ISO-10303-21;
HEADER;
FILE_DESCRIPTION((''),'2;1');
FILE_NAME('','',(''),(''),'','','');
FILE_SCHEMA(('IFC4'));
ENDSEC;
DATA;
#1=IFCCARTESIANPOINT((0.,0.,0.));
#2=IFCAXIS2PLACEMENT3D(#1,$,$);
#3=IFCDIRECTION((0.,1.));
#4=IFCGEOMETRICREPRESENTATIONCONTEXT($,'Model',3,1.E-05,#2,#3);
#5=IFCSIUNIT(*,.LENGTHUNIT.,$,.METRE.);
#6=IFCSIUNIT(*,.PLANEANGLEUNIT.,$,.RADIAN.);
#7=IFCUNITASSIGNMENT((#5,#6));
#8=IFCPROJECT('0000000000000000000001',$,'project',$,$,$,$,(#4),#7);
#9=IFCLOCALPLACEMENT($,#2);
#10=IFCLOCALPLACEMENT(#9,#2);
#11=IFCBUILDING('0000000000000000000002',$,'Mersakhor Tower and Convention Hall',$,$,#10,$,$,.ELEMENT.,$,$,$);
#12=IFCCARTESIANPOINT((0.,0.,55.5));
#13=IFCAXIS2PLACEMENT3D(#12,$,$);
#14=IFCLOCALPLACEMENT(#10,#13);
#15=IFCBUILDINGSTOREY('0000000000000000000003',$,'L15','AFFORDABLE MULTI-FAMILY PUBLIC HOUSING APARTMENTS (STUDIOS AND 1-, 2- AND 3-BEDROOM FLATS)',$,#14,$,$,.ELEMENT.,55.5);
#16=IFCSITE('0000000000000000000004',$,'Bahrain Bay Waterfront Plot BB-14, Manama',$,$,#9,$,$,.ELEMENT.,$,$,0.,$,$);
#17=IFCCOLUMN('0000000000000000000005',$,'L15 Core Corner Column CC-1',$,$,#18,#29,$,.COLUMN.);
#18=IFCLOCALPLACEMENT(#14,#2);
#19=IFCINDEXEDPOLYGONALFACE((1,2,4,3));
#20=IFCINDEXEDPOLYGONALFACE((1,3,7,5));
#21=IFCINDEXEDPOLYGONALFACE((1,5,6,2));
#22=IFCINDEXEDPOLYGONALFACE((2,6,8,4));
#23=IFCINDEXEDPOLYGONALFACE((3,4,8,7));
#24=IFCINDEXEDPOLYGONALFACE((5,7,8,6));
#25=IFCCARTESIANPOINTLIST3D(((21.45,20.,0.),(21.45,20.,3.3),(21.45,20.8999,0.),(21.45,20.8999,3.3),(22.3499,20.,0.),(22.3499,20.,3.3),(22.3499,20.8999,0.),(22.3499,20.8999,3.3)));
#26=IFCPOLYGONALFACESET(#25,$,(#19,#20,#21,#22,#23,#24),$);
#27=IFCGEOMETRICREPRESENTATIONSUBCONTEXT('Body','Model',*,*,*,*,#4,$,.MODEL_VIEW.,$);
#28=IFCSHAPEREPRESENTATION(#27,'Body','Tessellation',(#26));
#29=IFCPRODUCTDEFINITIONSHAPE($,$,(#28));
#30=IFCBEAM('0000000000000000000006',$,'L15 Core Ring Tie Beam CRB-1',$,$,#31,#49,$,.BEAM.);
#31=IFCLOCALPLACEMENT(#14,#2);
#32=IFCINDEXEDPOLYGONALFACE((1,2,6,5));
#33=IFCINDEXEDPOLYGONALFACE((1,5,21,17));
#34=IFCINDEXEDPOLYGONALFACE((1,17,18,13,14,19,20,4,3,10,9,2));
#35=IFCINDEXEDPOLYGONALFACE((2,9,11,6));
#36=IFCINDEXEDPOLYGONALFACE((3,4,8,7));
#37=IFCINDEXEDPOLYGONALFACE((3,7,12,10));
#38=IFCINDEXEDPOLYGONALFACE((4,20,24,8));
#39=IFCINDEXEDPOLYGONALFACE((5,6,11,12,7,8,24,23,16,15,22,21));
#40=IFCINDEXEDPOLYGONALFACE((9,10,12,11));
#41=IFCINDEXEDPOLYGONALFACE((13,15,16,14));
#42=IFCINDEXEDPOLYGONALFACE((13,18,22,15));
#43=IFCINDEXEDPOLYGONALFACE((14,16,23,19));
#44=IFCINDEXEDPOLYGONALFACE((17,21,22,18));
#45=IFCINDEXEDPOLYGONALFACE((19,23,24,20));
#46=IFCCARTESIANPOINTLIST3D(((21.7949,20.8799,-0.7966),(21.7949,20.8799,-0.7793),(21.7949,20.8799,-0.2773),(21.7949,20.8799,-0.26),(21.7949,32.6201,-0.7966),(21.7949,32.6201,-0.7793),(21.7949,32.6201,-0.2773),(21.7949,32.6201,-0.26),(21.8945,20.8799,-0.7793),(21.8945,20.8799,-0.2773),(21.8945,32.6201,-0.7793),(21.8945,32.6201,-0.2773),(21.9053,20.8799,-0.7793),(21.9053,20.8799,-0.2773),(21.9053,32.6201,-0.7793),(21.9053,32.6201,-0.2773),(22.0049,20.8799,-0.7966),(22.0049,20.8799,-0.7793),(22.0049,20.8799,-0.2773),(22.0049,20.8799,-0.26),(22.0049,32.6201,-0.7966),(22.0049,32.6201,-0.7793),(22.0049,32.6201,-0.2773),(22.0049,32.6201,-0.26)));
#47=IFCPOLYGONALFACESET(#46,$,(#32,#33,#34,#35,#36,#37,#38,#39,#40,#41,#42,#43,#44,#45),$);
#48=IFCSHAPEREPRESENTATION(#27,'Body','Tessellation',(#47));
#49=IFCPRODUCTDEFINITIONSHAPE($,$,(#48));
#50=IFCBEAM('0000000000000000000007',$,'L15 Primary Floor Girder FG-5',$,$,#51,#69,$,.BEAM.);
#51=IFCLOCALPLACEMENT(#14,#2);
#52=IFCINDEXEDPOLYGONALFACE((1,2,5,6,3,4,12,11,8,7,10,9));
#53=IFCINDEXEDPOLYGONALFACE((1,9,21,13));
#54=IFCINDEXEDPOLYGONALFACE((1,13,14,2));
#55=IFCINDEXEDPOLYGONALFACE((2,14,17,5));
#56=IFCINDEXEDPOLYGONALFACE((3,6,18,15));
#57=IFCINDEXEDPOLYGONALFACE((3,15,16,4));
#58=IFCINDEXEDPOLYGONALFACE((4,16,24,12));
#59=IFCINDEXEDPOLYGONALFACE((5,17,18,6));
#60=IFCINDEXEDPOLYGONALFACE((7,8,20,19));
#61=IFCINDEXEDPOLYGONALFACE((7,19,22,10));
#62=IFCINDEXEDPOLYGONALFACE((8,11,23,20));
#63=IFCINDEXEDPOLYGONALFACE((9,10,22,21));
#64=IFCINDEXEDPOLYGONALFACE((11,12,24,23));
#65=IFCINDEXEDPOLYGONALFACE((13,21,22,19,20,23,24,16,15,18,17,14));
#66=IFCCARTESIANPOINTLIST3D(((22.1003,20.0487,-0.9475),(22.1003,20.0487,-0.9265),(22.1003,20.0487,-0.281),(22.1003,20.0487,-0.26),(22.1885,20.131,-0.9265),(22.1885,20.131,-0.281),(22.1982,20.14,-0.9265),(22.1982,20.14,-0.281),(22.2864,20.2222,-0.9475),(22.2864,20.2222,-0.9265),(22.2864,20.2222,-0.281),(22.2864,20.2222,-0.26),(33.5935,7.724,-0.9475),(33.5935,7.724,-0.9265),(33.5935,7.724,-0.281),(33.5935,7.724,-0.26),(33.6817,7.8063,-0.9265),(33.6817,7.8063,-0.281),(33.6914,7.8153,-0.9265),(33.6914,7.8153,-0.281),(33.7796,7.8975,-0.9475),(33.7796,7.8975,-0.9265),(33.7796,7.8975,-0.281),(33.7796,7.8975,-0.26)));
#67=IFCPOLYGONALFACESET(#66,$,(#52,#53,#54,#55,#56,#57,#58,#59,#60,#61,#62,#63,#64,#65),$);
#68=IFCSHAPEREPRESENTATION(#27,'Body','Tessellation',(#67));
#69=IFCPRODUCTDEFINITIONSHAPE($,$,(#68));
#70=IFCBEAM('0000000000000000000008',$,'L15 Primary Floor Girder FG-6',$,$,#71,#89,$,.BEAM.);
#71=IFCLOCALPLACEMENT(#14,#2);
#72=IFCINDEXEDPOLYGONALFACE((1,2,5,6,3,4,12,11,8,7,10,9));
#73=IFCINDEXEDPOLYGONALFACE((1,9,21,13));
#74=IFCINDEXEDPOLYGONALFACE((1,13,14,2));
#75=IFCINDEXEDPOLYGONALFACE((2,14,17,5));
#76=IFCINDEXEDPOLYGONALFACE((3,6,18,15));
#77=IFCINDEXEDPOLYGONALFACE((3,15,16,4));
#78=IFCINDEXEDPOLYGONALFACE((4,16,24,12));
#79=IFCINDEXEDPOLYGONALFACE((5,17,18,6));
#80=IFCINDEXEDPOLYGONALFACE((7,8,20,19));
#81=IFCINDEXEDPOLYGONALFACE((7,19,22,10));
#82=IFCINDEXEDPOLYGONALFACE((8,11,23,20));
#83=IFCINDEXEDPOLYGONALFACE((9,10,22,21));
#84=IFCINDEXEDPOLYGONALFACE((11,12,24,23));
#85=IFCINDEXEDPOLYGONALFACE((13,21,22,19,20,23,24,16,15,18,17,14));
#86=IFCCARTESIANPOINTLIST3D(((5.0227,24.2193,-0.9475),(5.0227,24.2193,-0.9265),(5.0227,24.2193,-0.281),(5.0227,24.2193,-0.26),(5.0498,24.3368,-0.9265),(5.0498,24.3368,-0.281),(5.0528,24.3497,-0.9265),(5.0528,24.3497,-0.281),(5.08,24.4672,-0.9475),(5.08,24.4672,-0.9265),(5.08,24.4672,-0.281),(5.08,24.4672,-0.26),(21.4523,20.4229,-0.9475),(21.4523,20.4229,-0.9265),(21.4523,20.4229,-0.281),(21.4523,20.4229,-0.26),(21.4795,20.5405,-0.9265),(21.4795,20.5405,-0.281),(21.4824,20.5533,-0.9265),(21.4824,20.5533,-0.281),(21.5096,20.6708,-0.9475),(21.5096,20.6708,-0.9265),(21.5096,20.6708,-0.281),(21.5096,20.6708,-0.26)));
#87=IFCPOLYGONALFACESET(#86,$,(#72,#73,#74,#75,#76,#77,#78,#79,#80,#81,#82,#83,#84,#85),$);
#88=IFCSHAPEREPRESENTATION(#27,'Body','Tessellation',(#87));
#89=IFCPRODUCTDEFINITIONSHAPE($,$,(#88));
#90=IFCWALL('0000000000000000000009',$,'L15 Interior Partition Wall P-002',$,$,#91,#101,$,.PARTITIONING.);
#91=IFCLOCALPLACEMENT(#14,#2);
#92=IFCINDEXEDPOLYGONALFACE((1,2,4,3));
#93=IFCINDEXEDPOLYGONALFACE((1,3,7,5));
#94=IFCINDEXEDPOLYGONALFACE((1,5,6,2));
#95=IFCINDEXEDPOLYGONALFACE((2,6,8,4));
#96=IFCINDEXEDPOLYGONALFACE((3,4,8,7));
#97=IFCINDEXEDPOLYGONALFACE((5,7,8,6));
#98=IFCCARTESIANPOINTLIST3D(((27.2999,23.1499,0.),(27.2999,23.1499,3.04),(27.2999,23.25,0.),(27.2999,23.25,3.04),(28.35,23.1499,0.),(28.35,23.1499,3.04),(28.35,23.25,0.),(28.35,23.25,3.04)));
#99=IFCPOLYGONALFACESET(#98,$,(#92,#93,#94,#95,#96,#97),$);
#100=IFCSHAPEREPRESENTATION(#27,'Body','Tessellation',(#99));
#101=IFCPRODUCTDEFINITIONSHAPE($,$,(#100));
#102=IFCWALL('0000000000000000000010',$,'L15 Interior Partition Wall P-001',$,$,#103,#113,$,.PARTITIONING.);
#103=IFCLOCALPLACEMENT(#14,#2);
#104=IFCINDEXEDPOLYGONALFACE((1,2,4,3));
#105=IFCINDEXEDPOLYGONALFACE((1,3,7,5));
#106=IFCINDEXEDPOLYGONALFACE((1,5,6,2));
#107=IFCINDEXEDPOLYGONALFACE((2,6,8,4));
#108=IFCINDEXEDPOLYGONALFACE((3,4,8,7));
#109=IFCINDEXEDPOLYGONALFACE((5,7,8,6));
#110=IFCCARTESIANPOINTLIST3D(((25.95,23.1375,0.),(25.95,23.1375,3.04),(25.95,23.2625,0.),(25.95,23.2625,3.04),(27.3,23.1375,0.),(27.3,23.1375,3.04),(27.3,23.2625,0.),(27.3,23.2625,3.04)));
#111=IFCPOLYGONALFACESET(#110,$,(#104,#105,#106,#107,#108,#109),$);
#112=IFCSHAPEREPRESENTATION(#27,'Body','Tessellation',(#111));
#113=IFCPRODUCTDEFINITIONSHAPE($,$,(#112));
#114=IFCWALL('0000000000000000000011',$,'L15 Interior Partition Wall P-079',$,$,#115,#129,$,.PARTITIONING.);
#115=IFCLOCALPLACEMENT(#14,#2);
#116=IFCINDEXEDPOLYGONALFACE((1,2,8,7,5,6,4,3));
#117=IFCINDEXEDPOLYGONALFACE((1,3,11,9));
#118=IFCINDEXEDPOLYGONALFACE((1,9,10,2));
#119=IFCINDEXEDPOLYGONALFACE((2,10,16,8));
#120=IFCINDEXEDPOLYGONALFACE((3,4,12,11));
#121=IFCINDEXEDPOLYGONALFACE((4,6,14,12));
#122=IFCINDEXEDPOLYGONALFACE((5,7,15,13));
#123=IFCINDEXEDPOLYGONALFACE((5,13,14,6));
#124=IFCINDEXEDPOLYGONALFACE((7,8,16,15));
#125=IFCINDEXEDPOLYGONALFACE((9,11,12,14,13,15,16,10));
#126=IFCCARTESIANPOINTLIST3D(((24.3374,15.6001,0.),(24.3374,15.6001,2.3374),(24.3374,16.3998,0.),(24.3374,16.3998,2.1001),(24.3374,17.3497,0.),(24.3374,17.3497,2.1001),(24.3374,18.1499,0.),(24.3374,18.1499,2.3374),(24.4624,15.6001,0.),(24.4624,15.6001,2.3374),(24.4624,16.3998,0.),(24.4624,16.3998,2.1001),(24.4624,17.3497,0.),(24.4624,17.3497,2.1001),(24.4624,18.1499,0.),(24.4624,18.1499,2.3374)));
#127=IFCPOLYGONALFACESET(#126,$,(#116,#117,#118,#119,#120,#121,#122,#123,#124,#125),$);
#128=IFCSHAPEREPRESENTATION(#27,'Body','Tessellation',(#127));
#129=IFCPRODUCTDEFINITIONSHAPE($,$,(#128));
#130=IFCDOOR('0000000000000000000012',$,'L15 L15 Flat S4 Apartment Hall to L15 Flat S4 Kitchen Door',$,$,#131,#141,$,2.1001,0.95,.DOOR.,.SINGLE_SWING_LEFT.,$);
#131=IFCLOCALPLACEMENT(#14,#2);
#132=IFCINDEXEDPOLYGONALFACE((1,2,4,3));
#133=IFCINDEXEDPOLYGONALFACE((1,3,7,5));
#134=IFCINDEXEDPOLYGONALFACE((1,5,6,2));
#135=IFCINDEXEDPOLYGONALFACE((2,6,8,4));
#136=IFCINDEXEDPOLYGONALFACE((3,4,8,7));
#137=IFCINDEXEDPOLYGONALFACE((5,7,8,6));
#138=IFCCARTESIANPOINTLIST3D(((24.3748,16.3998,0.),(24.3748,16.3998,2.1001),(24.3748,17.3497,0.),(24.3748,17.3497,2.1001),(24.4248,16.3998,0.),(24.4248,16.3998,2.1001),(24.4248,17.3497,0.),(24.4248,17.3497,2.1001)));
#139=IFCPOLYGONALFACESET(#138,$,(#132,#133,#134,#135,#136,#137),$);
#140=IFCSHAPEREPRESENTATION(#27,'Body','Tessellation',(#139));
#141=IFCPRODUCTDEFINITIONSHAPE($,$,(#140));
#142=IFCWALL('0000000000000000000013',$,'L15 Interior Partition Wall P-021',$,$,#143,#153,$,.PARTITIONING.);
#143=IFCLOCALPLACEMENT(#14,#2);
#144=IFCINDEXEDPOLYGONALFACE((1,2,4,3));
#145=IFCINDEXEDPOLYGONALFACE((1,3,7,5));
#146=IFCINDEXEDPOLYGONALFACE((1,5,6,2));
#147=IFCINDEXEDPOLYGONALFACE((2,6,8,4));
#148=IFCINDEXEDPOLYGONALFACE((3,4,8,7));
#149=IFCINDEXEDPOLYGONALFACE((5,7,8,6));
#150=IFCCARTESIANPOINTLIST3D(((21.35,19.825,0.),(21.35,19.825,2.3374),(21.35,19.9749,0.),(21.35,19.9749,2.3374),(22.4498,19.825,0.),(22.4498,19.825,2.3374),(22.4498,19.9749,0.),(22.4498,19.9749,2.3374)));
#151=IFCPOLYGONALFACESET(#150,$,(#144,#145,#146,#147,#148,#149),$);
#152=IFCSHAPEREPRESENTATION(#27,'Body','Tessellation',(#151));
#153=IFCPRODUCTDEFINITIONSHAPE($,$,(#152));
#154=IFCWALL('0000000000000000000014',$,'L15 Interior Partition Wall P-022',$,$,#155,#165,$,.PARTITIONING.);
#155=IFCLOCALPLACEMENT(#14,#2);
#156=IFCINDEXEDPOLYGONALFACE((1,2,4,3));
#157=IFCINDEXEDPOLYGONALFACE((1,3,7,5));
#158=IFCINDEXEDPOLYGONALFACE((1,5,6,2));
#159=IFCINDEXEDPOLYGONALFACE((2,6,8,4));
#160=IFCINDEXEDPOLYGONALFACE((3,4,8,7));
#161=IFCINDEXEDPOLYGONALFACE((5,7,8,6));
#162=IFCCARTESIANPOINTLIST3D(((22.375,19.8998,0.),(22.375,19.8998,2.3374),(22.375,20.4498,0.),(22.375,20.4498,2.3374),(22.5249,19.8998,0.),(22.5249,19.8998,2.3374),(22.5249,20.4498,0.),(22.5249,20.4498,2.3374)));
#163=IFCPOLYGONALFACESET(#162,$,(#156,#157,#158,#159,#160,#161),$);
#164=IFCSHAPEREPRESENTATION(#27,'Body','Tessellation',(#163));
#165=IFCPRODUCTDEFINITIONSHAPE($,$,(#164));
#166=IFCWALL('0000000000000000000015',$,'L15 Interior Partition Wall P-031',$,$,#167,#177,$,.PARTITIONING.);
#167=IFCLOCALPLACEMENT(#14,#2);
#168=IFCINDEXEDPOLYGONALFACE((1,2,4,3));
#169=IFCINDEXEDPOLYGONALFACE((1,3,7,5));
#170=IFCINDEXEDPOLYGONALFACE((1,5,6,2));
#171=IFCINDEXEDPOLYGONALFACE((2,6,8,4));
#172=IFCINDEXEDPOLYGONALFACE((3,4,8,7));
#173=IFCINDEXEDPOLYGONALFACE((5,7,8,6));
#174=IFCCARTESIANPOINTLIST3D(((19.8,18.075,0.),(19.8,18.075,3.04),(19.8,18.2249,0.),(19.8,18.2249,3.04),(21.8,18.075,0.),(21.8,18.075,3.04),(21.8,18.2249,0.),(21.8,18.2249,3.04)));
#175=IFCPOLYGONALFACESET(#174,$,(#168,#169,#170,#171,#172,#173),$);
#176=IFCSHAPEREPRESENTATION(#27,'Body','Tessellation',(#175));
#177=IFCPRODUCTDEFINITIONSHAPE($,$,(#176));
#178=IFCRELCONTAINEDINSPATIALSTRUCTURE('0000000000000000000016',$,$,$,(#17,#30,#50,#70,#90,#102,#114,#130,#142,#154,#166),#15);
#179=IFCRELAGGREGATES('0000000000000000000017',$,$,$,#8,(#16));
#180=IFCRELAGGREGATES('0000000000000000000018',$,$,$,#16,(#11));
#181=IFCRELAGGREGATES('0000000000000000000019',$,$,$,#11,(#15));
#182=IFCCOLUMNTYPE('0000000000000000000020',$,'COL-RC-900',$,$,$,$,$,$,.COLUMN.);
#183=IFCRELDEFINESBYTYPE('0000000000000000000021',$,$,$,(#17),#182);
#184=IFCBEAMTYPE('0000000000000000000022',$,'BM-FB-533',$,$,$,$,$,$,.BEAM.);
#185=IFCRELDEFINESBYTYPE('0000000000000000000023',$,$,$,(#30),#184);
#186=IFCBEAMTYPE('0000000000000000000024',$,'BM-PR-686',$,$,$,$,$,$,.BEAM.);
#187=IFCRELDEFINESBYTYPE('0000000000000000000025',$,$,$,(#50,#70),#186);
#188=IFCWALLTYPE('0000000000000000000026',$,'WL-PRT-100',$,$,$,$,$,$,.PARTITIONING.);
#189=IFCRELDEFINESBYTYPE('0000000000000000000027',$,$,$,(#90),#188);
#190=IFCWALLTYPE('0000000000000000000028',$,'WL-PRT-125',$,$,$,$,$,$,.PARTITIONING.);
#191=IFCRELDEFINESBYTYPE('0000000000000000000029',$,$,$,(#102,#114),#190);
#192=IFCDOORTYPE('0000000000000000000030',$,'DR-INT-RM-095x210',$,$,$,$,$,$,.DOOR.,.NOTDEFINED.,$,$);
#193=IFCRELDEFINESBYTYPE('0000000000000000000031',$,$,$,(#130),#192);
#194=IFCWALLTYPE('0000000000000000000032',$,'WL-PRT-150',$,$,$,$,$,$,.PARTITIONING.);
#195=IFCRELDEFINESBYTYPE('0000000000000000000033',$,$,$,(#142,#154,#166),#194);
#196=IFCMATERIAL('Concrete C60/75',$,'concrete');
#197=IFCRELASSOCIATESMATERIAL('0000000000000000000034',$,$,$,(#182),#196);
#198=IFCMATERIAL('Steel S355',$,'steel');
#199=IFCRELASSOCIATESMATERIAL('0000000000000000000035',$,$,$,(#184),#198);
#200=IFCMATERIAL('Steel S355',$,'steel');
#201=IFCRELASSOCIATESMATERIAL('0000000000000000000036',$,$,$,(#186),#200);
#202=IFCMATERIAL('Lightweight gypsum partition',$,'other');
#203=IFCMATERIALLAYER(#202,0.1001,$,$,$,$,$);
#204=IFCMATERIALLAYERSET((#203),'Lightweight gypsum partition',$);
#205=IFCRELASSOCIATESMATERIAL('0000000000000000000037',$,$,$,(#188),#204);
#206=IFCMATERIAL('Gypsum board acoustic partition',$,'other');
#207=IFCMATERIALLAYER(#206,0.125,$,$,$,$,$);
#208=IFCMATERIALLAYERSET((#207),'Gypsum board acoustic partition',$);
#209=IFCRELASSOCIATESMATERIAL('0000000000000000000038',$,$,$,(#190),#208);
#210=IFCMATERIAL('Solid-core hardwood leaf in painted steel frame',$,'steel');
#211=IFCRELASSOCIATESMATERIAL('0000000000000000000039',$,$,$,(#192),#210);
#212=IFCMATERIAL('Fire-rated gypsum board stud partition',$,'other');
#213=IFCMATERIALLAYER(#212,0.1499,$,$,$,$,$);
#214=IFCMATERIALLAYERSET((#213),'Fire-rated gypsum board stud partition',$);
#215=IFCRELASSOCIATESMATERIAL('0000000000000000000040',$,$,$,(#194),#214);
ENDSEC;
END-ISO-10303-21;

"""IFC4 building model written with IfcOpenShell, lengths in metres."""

from ifc_helpers import new_model, si_unit, direction, frame, frame_2d, origin, origin_2d, place, context, subcontext, project, spatial, rectangle, i_section, extrude, material, layer, layer_set, material_profile, profile_set, type_object, element, fill, save


model = new_model("IFC4")

# Units and contexts
model_context = context("Model", 3, precision=1e-05, world=origin(), true_north=direction((0.0, 1.0)))
body_context = subcontext(model_context, "Body", "Model", "MODEL_VIEW")
ifc_project = project(units=[si_unit("LENGTHUNIT", "METRE"), si_unit("PLANEANGLEUNIT", "RADIAN")], contexts=[model_context])

# Site, building, storey
site_placement = place(None, origin())
site = spatial("IfcSite", under=ifc_project, at=site_placement, Name="Bahrain Bay Waterfront Plot BB-14, Manama", CompositionType="ELEMENT", RefElevation=0.0)
building_placement = place(site_placement, origin())
building = spatial("IfcBuilding", under=site, at=building_placement, Name="Mersakhor Tower and Convention Hall", CompositionType="ELEMENT")
storey_placement = place(building_placement, frame((0.0, 0.0, 55.5)))
storey = spatial("IfcBuildingStorey", under=building, at=storey_placement, Name="L15", Description="AFFORDABLE MULTI-FAMILY PUBLIC HOUSING APARTMENTS (STUDIOS AND 1-, 2- AND 3-BEDROOM FLATS)", CompositionType="ELEMENT", Elevation=55.5)

# Column
ifc_material_1 = material(Name="Concrete C60/75", Category="concrete")
ifc_material_profile_1 = material_profile(ifc_material_1, rectangle(XDim=0.8999, YDim=0.8999, at=origin_2d()), Name="RC 900x900")
ifc_profile_set_1 = profile_set([ifc_material_profile_1], Name="Concrete C60/75")
column_type = type_object("IfcColumnType", Name="COL-RC-900", PredefinedType="COLUMN", material=ifc_profile_set_1)
column_placement = place(storey_placement, frame((21.8999, 20.45, 0.0), z_axis=(0.0, 0.0, 1.0), x_axis=(1.0, 0.0, 0.0)))
element("IfcColumn", 1, at=column_placement, inside=storey, type_object=column_type, Name="L15 Core Corner Column CC-1", PredefinedType="COLUMN", context=body_context, shape_type="SweptSolid", body=[
    extrude(rectangle(XDim=0.8999, YDim=0.8999, at=origin_2d()), origin(), (0.0, 0.0, 1.0), 3.3),
])

# Beams
ifc_material_2 = material(Name="Steel S355", Category="steel")
ifc_material_profile_2 = material_profile(ifc_material_2, i_section(OverallWidth=0.21, OverallDepth=0.5366, WebThickness=0.0107, FlangeThickness=0.0173, at=origin_2d()), Name="UB 533x210x101")
ifc_profile_set_2 = profile_set([ifc_material_profile_2], Name="Steel S355")
beam_type_1 = type_object("IfcBeamType", Name="BM-FB-533", PredefinedType="BEAM", material=ifc_profile_set_2)
beam_1_placement = place(storey_placement, frame((21.8999, 20.8799, -0.5283), z_axis=(0.0, 1.0, 0.0), x_axis=(-1.0, 0.0, 0.0)))
element("IfcBeam", 2, at=beam_1_placement, inside=storey, type_object=beam_type_1, Name="L15 Core Ring Tie Beam CRB-1", PredefinedType="BEAM", context=body_context, shape_type="SweptSolid", body=[
    extrude(i_section(OverallWidth=0.21, OverallDepth=0.5366, WebThickness=0.0107, FlangeThickness=0.0173, at=origin_2d()), origin(), (0.0, 0.0, 1.0), 11.7402),
])
ifc_material_3 = material(Name="Steel S355", Category="steel")
ifc_material_profile_3 = material_profile(ifc_material_3, i_section(OverallWidth=0.2544, OverallDepth=0.6875, WebThickness=0.0132, FlangeThickness=0.021, at=origin_2d()), Name="UB 686x254x152")
ifc_profile_set_3 = profile_set([ifc_material_profile_3], Name="Steel S355")
beam_type_2 = type_object("IfcBeamType", Name="BM-PR-686", PredefinedType="BEAM", material=ifc_profile_set_3)
beam_2_placement = place(storey_placement, frame((22.1934, 20.1355, -0.6038), z_axis=(0.682004, -0.731348, 0.0), x_axis=(0.731348, 0.682004, 0.0)))
element("IfcBeam", 3, at=beam_2_placement, inside=storey, type_object=beam_type_2, Name="L15 Primary Floor Girder FG-5", PredefinedType="BEAM", context=body_context, shape_type="SweptSolid", body=[
    extrude(i_section(OverallWidth=0.2544, OverallDepth=0.6875, WebThickness=0.0132, FlangeThickness=0.021, at=origin_2d()), origin(), (0.0, 0.0, 1.0), 16.8521),
])
beam_3_placement = place(storey_placement, frame((21.481, 20.5469, -0.6038), z_axis=(-0.974327, 0.225137, 0.0), x_axis=(-0.225137, -0.974327, 0.0)))
element("IfcBeam", 4, at=beam_3_placement, inside=storey, type_object=beam_type_2, Name="L15 Primary Floor Girder FG-6", PredefinedType="BEAM", context=body_context, shape_type="SweptSolid", body=[
    extrude(i_section(OverallWidth=0.2544, OverallDepth=0.6875, WebThickness=0.0132, FlangeThickness=0.021, at=origin_2d()), origin(), (0.0, 0.0, 1.0), 16.8625),
])

# Walls
ifc_material_4 = material(Name="Lightweight gypsum partition", Category="other")
ifc_layer_1 = layer(ifc_material_4, 0.1001)
ifc_layer_set_1 = layer_set([ifc_layer_1], Name="Lightweight gypsum partition")
wall_type_1 = type_object("IfcWallType", Name="WL-PRT-100", PredefinedType="PARTITIONING", material=ifc_layer_set_1)
wall_1_placement = place(storey_placement, frame((27.3, 23.2, 0.0), z_axis=(0.0, 0.0, 1.0), x_axis=(1.0, 0.0, 0.0)))
element("IfcWall", 5, at=wall_1_placement, inside=storey, type_object=wall_type_1, Name="L15 Interior Partition Wall P-002", PredefinedType="PARTITIONING", context=body_context, shape_type="SweptSolid", body=[
    extrude(rectangle(XDim=1.05, YDim=0.1001, at=frame_2d((0.5249, 0.0))), origin(), (0.0, 0.0, 1.0), 3.04),
])
ifc_material_5 = material(Name="Gypsum board acoustic partition", Category="other")
ifc_layer_2 = layer(ifc_material_5, 0.125)
ifc_layer_set_2 = layer_set([ifc_layer_2], Name="Gypsum board acoustic partition")
wall_type_2 = type_object("IfcWallType", Name="WL-PRT-125", PredefinedType="PARTITIONING", material=ifc_layer_set_2)
wall_2_placement = place(storey_placement, frame((25.95, 23.2, 0.0), z_axis=(0.0, 0.0, 1.0), x_axis=(1.0, 0.0, 0.0)))
element("IfcWall", 6, at=wall_2_placement, inside=storey, type_object=wall_type_2, Name="L15 Interior Partition Wall P-001", PredefinedType="PARTITIONING", context=body_context, shape_type="SweptSolid", body=[
    extrude(rectangle(XDim=1.3501, YDim=0.125, at=frame_2d((0.675, 0.0))), origin(), (0.0, 0.0, 1.0), 3.04),
])

# Wall, opening, door
wall_3_placement = place(storey_placement, frame((24.3999, 18.1499, 0.0), z_axis=(0.0, 0.0, 1.0), x_axis=(0.0, -1.0, 0.0)))
wall_3 = element("IfcWall", 7, at=wall_3_placement, inside=storey, type_object=wall_type_2, Name="L15 Interior Partition Wall P-079", PredefinedType="PARTITIONING", context=body_context, shape_type="SweptSolid", body=[
    extrude(rectangle(XDim=2.5498, YDim=0.125, at=frame_2d((1.2749, 0.0))), origin(), (0.0, 0.0, 1.0), 2.3374),
])
opening_1_placement = place(wall_3_placement, frame((0.8, 0.0, 0.0)))
opening_1 = element("IfcOpeningElement", 8, at=opening_1_placement, cuts=wall_3, PredefinedType="OPENING", context=body_context, shape_type="SweptSolid", body=[
    extrude(rectangle(XDim=0.95, YDim=2.1001, at=frame_2d((0.4751, 1.05))), frame((0.0, 0.0725, 0.0), z_axis=(0.0, -1.0, 0.0), x_axis=(1.0, 0.0, 0.0)), (0.0, 0.0, 1.0), 0.145),
])
ifc_material_6 = material(Name="Solid-core hardwood leaf in painted steel frame", Category="steel")
door_type_1 = type_object("IfcDoorType", Name="DR-INT-RM-095x210", OperationType="NOTDEFINED", PredefinedType="DOOR", material=ifc_material_6)
door_1_placement = place(opening_1_placement, origin())
door_1 = element("IfcDoor", 9, at=door_1_placement, inside=storey, type_object=door_type_1, Name="L15 L15 Flat S4 Apartment Hall to L15 Flat S4 Kitchen Door", OperationType="SINGLE_SWING_LEFT", OverallHeight=2.1001, OverallWidth=0.95, PredefinedType="DOOR", context=body_context, shape_type="SweptSolid", body=[
    extrude(rectangle(XDim=0.95, YDim=2.1001, at=frame_2d((0.4751, 1.05))), frame((0.0, 0.0249, 0.0), z_axis=(0.0, -1.0, 0.0), x_axis=(1.0, 0.0, 0.0)), (0.0, 0.0, 1.0), 0.05),
])
fill(opening_1, door_1)

# Walls
ifc_material_7 = material(Name="Fire-rated gypsum board stud partition", Category="other")
ifc_layer_3 = layer(ifc_material_7, 0.1499)
ifc_layer_set_3 = layer_set([ifc_layer_3], Name="Fire-rated gypsum board stud partition")
wall_type_3 = type_object("IfcWallType", Name="WL-PRT-150", PredefinedType="PARTITIONING", material=ifc_layer_set_3)
wall_4_placement = place(storey_placement, frame((21.3501, 19.8999, 0.0), z_axis=(0.0, 0.0, 1.0), x_axis=(1.0, 0.0, 0.0)))
element("IfcWall", 10, at=wall_4_placement, inside=storey, type_object=wall_type_3, Name="L15 Interior Partition Wall P-021", PredefinedType="PARTITIONING", context=body_context, shape_type="SweptSolid", body=[
    extrude(rectangle(XDim=1.0999, YDim=0.1499, at=frame_2d((0.5498, 0.0))), origin(), (0.0, 0.0, 1.0), 2.3374),
])
wall_5_placement = place(storey_placement, frame((22.45, 19.8999, 0.0), z_axis=(0.0, 0.0, 1.0), x_axis=(0.0, 1.0, 0.0)))
element("IfcWall", 11, at=wall_5_placement, inside=storey, type_object=wall_type_3, Name="L15 Interior Partition Wall P-022", PredefinedType="PARTITIONING", context=body_context, shape_type="SweptSolid", body=[
    extrude(rectangle(XDim=0.55, YDim=0.1499, at=frame_2d((0.2749, 0.0))), origin(), (0.0, 0.0, 1.0), 2.3374),
])

# Wall
wall_6_placement = place(storey_placement, frame((21.8, 18.1499, 0.0), z_axis=(0.0, 0.0, 1.0), x_axis=(-1.0, 0.0, 0.0)))
element("IfcWall", 12, at=wall_6_placement, inside=storey, type_object=wall_type_3, Name="L15 Interior Partition Wall P-031", PredefinedType="PARTITIONING", context=body_context, shape_type="SweptSolid", body=[
    extrude(rectangle(XDim=2.0, YDim=0.1499, at=frame_2d((1.0, 0.0))), origin(), (0.0, 0.0, 1.0), 3.04),
])

save(model, "model.ifc")
